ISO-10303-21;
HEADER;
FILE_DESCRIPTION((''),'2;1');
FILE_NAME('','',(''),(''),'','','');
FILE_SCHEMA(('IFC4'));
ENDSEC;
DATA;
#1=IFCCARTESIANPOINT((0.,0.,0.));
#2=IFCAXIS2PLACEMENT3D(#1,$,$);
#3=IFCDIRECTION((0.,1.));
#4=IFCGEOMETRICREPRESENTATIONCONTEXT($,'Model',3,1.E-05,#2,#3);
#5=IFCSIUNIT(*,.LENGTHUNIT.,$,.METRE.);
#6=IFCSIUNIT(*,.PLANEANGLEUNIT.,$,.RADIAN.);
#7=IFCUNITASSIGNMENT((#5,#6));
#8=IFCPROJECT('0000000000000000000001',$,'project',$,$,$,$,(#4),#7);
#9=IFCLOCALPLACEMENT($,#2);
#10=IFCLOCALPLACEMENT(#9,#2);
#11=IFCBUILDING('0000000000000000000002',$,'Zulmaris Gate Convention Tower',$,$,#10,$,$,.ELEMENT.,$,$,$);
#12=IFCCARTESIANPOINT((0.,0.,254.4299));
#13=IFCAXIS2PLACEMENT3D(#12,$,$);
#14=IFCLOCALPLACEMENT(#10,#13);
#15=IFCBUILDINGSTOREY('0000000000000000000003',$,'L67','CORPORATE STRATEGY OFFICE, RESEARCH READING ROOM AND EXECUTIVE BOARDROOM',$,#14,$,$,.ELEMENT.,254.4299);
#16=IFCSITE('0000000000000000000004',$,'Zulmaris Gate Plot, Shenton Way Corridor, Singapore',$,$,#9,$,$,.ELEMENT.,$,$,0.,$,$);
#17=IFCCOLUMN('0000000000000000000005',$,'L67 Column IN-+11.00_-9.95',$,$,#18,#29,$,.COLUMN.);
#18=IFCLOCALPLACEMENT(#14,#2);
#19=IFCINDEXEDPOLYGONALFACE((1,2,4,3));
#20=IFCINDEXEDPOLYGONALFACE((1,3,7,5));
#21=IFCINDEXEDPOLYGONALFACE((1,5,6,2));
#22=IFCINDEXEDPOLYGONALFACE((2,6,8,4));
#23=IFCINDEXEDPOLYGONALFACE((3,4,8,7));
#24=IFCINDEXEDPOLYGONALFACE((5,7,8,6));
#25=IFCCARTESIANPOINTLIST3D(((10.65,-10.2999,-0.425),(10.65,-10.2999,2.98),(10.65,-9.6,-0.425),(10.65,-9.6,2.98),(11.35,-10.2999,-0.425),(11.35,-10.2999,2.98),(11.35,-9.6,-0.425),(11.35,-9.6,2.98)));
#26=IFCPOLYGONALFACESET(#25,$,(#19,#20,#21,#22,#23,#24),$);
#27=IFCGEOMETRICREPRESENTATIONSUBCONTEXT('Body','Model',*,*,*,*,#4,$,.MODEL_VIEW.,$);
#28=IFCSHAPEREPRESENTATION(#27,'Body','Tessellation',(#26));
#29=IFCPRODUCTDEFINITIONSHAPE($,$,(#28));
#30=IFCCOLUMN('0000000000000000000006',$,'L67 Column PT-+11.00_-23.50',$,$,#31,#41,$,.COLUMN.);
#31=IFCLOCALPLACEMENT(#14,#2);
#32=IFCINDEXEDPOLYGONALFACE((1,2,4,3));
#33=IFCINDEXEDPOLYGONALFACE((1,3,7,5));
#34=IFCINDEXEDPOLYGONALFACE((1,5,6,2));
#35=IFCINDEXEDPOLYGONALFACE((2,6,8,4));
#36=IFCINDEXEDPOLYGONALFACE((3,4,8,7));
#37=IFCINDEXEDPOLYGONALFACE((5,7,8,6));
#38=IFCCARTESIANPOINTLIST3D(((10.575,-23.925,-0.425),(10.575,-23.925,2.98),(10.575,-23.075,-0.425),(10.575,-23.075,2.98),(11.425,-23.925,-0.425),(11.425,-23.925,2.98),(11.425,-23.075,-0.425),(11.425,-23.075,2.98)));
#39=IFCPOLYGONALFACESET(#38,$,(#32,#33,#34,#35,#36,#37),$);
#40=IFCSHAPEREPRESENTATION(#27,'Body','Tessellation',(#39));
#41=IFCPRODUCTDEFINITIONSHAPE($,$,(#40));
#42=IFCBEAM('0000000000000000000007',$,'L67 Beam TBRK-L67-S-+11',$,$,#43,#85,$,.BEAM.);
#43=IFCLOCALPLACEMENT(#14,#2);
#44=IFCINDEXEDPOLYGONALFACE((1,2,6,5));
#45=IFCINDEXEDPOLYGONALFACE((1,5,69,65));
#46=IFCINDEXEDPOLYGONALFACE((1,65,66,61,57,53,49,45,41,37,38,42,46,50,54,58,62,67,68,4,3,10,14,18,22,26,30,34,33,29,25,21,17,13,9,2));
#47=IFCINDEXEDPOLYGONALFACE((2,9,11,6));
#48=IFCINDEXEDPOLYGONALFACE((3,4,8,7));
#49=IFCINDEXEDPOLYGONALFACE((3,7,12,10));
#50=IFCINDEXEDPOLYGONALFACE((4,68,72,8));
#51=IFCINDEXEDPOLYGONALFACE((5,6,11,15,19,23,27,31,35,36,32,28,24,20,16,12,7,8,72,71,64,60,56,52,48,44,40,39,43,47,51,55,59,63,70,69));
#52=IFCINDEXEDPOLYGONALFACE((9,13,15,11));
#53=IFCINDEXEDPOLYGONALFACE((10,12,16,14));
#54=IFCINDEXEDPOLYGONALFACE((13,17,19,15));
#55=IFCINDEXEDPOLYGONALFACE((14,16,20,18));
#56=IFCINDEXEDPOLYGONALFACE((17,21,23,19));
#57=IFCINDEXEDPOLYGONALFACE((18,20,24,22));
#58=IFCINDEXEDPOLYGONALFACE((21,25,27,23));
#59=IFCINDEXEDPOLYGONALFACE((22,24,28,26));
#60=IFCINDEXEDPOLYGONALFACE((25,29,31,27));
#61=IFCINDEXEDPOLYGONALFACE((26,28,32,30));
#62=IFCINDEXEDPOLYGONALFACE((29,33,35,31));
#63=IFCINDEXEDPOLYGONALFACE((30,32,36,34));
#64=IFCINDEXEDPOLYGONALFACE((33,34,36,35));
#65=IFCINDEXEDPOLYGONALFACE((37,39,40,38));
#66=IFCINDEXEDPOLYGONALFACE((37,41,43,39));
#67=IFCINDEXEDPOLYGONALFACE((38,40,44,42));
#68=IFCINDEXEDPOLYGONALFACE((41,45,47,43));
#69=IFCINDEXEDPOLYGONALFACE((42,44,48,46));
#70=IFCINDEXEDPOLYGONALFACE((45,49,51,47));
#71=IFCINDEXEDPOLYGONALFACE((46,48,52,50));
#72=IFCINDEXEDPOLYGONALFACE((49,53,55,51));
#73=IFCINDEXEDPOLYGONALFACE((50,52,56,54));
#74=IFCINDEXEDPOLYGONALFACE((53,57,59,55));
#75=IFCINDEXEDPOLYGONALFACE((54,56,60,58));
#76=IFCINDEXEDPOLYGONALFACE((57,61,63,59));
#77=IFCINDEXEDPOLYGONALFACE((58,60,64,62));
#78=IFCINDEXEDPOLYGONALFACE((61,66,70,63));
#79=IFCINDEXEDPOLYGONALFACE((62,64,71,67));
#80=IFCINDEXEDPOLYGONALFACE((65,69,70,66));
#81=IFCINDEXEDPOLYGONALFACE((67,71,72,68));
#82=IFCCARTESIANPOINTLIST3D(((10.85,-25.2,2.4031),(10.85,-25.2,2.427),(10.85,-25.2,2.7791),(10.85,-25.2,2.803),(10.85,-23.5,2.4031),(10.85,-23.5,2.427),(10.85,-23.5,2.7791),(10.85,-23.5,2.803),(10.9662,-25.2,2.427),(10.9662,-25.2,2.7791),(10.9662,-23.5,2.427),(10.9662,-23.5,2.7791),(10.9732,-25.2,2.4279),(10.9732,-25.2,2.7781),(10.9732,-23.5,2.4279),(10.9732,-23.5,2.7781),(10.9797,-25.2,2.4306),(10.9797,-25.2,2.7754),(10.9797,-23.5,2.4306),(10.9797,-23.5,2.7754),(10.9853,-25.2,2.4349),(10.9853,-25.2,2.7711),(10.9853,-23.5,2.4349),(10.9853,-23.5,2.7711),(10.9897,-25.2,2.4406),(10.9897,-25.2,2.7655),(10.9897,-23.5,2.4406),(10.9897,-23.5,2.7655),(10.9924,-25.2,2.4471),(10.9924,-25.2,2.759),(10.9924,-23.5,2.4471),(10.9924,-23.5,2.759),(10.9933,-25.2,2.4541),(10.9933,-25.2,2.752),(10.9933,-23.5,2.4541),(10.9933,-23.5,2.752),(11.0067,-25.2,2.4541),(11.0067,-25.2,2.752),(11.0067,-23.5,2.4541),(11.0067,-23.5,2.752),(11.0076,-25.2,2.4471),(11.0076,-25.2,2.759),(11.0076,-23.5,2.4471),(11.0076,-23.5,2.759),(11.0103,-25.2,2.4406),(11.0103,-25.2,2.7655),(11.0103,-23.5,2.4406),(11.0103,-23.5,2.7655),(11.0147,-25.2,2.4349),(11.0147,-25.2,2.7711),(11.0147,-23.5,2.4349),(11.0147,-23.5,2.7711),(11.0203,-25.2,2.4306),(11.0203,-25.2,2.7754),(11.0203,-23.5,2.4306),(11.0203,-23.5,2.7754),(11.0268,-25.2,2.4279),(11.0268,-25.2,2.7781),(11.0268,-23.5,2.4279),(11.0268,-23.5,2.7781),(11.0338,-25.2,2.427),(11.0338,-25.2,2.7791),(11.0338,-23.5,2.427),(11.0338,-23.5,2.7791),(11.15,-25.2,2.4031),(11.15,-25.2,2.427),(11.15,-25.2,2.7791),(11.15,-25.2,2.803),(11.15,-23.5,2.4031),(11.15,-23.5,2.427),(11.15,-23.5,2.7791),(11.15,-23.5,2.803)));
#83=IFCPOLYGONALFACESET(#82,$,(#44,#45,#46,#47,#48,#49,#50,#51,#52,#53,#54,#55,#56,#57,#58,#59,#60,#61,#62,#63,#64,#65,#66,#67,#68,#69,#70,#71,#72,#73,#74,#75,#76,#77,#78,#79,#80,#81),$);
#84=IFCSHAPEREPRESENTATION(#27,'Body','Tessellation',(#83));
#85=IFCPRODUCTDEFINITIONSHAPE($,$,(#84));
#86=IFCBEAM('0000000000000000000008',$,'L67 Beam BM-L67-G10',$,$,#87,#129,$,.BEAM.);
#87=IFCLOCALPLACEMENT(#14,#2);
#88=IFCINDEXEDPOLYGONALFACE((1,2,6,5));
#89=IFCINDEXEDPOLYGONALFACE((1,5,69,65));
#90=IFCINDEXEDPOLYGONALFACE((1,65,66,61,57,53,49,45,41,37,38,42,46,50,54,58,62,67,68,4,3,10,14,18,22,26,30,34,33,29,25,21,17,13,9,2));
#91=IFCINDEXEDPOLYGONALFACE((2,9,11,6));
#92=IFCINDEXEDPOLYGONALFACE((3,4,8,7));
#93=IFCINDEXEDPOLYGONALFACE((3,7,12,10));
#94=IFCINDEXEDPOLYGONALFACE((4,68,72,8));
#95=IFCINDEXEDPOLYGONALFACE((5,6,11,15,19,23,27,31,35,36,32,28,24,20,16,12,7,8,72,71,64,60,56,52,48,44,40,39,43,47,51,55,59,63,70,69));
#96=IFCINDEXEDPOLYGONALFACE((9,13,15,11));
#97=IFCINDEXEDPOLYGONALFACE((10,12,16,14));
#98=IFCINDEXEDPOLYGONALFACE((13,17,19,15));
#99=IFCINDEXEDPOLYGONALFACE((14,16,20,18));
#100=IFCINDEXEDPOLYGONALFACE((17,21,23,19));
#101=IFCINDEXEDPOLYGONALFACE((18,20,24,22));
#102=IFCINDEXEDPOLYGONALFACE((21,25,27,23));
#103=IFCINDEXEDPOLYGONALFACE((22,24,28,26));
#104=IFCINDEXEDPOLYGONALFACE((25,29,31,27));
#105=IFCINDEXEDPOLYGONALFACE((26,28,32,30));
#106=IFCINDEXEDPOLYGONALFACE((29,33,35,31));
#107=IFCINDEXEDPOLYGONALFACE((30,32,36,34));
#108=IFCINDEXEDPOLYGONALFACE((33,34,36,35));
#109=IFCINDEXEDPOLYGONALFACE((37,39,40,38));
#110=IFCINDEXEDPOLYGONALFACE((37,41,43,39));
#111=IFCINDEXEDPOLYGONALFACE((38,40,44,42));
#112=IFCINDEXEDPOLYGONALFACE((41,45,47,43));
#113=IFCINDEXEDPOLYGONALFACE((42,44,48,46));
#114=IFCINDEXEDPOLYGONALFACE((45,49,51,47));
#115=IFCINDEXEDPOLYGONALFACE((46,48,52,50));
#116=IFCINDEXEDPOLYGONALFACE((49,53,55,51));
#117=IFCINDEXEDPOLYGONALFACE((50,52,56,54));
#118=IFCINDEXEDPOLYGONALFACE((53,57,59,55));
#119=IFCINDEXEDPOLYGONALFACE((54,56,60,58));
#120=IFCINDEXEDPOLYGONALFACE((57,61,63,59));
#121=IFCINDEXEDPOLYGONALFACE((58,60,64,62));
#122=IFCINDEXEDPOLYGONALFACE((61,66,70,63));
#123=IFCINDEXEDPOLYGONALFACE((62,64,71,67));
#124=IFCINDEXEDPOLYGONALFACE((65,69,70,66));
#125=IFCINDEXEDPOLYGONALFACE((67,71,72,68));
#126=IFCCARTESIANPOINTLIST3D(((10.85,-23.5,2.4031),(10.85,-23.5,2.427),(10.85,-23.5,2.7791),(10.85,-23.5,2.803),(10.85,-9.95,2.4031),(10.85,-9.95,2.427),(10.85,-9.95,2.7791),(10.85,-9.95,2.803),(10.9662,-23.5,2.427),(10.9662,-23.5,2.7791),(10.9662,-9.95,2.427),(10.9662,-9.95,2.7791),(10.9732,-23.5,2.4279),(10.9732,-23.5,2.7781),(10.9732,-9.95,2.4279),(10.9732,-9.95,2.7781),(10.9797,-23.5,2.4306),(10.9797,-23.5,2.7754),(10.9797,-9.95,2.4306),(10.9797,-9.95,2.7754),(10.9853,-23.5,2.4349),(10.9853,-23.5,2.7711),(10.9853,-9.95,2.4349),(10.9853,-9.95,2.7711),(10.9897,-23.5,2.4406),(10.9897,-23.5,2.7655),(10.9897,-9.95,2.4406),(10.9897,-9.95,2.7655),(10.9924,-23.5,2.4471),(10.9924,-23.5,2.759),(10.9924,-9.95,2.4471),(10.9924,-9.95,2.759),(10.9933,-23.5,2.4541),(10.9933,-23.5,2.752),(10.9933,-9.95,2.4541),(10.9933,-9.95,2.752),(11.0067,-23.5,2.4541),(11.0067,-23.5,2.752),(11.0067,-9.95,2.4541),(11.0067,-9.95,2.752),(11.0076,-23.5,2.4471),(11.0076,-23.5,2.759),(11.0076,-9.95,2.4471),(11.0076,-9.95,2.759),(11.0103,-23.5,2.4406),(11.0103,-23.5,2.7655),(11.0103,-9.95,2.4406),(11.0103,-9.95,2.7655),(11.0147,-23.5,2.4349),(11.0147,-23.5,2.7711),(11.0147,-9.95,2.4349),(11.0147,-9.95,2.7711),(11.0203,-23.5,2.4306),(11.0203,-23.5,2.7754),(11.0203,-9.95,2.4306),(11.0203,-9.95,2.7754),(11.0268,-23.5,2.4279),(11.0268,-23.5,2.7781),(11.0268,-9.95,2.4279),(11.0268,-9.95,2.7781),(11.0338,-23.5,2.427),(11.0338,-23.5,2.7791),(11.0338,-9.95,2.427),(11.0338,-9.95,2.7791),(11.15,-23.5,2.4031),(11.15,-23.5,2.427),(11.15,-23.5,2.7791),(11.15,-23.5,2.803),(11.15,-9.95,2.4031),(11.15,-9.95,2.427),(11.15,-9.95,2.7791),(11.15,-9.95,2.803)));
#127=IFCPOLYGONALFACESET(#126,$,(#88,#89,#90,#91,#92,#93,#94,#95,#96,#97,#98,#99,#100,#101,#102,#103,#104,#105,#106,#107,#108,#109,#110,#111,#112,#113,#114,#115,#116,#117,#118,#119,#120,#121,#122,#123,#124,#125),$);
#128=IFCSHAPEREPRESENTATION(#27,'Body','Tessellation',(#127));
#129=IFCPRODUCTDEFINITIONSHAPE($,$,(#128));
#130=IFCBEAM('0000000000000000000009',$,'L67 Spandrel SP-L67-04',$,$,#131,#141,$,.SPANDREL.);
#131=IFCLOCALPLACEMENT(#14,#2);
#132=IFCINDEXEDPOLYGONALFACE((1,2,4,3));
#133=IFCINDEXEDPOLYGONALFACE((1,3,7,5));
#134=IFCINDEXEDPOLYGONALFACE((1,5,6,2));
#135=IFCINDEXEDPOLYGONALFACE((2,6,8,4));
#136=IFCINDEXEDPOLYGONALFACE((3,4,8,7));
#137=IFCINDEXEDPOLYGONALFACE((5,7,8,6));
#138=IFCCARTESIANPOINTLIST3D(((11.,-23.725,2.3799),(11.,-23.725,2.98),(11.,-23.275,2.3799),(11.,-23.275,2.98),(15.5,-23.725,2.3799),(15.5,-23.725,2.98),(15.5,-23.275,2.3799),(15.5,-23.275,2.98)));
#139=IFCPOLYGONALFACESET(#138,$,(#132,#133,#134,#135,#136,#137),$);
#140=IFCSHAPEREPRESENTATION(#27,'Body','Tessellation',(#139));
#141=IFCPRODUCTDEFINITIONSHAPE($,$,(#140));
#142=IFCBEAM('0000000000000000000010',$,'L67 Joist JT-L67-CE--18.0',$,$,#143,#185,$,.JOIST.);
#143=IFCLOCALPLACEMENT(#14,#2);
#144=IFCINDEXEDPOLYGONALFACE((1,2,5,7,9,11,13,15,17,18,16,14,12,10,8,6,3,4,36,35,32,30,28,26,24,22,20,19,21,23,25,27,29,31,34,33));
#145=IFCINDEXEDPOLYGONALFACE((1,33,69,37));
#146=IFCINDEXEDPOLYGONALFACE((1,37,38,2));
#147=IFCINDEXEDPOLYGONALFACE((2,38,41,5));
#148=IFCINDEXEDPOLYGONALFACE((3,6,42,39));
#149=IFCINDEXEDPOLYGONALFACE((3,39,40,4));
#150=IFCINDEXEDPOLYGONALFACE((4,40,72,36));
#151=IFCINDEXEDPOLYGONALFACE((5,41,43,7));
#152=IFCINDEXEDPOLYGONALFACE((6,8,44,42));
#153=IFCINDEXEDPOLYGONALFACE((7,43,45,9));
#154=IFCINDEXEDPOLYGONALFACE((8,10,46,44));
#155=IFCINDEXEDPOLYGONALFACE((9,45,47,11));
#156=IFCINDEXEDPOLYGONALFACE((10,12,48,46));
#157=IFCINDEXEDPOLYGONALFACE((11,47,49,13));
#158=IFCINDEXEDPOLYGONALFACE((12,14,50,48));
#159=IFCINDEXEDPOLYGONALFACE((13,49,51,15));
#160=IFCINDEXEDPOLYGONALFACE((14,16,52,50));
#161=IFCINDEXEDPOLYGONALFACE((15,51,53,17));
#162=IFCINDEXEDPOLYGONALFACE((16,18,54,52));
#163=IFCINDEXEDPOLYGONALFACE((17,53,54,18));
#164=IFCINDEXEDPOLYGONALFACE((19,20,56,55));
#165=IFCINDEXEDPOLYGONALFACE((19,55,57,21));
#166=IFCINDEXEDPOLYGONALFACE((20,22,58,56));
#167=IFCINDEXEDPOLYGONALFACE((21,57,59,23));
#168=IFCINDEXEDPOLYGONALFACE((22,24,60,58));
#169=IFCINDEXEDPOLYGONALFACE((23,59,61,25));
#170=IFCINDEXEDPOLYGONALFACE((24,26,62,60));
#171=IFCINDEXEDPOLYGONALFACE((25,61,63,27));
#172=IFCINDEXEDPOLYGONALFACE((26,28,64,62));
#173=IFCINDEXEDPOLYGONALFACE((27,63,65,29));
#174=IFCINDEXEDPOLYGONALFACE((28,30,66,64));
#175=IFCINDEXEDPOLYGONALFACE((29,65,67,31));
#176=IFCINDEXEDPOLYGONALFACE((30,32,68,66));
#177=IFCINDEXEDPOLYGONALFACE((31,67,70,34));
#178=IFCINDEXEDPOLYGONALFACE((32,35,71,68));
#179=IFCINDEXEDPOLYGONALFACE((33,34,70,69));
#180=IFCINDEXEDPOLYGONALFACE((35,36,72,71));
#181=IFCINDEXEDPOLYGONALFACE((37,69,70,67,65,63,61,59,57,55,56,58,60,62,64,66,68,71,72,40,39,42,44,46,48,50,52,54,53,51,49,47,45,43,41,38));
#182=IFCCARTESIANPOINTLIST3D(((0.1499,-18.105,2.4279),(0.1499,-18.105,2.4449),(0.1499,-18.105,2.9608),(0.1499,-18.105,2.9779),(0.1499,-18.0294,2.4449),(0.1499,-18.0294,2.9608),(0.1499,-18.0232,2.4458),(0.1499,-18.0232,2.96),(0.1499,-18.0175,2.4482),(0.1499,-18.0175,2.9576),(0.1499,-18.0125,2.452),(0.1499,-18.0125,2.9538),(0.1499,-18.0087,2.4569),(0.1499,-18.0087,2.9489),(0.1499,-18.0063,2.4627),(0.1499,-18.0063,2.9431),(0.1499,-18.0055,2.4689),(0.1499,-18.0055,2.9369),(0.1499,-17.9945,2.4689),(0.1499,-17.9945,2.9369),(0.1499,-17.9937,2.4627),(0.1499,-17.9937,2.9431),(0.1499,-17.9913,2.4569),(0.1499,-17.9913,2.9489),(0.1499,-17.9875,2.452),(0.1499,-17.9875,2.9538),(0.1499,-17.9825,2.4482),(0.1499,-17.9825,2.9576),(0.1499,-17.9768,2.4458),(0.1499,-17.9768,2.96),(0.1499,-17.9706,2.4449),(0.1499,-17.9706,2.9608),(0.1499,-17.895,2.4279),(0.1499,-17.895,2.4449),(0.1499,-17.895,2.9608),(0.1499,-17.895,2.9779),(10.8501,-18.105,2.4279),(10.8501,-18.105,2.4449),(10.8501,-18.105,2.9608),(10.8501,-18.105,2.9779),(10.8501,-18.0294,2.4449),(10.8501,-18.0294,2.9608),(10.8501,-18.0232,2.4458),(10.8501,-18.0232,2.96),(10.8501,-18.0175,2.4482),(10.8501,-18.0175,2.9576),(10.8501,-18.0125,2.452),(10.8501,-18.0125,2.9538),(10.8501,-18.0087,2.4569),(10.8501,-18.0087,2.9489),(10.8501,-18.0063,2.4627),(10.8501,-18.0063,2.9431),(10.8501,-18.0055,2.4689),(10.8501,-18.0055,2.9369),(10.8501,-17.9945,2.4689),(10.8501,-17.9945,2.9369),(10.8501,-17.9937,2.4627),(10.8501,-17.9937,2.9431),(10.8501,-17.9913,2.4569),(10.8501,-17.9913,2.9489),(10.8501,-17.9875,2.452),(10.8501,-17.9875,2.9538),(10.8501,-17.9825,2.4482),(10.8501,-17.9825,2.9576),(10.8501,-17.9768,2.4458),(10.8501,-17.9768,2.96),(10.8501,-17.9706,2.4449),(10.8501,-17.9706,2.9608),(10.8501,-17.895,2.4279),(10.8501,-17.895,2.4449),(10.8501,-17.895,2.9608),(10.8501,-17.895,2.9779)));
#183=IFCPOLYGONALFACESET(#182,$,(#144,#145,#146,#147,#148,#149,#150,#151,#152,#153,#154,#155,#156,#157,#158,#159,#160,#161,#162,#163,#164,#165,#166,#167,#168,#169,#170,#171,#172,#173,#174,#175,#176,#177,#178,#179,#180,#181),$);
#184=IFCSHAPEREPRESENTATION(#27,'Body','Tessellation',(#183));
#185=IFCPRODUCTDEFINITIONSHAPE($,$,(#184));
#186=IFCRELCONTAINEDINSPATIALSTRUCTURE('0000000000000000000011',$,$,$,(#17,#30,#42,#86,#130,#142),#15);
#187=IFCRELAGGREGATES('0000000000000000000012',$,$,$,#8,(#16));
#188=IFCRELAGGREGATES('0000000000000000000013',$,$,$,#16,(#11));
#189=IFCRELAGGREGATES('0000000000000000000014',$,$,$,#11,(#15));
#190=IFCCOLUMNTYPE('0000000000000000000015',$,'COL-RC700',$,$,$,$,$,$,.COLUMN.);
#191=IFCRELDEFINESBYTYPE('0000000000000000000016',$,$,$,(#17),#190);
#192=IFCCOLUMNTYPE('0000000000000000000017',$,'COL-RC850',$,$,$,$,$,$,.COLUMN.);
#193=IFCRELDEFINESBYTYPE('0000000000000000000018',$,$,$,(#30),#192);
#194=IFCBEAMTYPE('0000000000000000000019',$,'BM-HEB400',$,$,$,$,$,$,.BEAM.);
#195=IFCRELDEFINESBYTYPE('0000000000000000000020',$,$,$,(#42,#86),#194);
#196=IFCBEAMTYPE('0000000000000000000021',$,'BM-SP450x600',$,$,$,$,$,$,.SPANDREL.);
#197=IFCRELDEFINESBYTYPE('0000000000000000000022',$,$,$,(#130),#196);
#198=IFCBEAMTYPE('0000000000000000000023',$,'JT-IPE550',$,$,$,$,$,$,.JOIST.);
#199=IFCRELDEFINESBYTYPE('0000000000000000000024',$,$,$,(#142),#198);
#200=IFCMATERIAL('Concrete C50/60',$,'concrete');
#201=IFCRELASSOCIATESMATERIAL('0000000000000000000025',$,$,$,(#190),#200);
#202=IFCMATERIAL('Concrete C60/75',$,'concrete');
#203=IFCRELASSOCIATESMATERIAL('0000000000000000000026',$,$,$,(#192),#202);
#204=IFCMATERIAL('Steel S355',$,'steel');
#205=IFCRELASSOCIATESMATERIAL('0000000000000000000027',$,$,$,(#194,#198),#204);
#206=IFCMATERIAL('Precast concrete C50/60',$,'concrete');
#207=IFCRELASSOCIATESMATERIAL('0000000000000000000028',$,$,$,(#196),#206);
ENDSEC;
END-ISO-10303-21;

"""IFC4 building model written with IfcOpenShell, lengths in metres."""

from ifc_helpers import new_model, si_unit, direction, frame, origin, origin_2d, place, context, subcontext, project, spatial, rectangle, i_section, extrude, material, material_profile, profile_set, type_object, element, save


model = new_model("IFC4")

# Units and contexts
model_context = context("Model", 3, precision=1e-05, world=origin(), true_north=direction((0.0, 1.0)))
body_context = subcontext(model_context, "Body", "Model", "MODEL_VIEW")
ifc_project = project(units=[si_unit("LENGTHUNIT", "METRE"), si_unit("PLANEANGLEUNIT", "RADIAN")], contexts=[model_context])

# Site, building, storey
site_placement = place(None, origin())
site = spatial("IfcSite", under=ifc_project, at=site_placement, Name="Zulmaris Gate Plot, Shenton Way Corridor, Singapore", CompositionType="ELEMENT", RefElevation=0.0)
building_placement = place(site_placement, origin())
building = spatial("IfcBuilding", under=site, at=building_placement, Name="Zulmaris Gate Convention Tower", CompositionType="ELEMENT")
storey_placement = place(building_placement, frame((0.0, 0.0, 254.4299)))
storey = spatial("IfcBuildingStorey", under=building, at=storey_placement, Name="L67", Description="CORPORATE STRATEGY OFFICE, RESEARCH READING ROOM AND EXECUTIVE BOARDROOM", CompositionType="ELEMENT", Elevation=254.4299)

# Columns
ifc_material_1 = material(Name="Concrete C50/60", Category="concrete")
ifc_material_profile_1 = material_profile(ifc_material_1, rectangle(XDim=0.7, YDim=0.7, at=origin_2d()), Name="RC COL 700x700")
ifc_profile_set_1 = profile_set([ifc_material_profile_1], Name="Concrete C50/60")
column_type_1 = type_object("IfcColumnType", Name="COL-RC700", PredefinedType="COLUMN", material=ifc_profile_set_1)
column_1_placement = place(storey_placement, frame((11.0, -9.95, -0.425), z_axis=(0.0, 0.0, 1.0), x_axis=(1.0, 0.0, 0.0)))
element("IfcColumn", 1, at=column_1_placement, inside=storey, type_object=column_type_1, Name="L67 Column IN-+11.00_-9.95", PredefinedType="COLUMN", context=body_context, shape_type="SweptSolid", body=[
    extrude(rectangle(XDim=0.7, YDim=0.7, at=origin_2d()), origin(), (0.0, 0.0, 1.0), 3.405),
])
ifc_material_2 = material(Name="Concrete C60/75", Category="concrete")
ifc_material_profile_2 = material_profile(ifc_material_2, rectangle(XDim=0.8501, YDim=0.8501, at=origin_2d()), Name="RC COL 850x850")
ifc_profile_set_2 = profile_set([ifc_material_profile_2], Name="Concrete C60/75")
column_type_2 = type_object("IfcColumnType", Name="COL-RC850", PredefinedType="COLUMN", material=ifc_profile_set_2)
column_2_placement = place(storey_placement, frame((11.0, -23.5, -0.425), z_axis=(0.0, 0.0, 1.0), x_axis=(1.0, 0.0, 0.0)))
element("IfcColumn", 2, at=column_2_placement, inside=storey, type_object=column_type_2, Name="L67 Column PT-+11.00_-23.50", PredefinedType="COLUMN", context=body_context, shape_type="SweptSolid", body=[
    extrude(rectangle(XDim=0.8501, YDim=0.8501, at=origin_2d()), origin(), (0.0, 0.0, 1.0), 3.405),
])

# Beams
ifc_material_3 = material(Name="Steel S355", Category="steel")
ifc_material_profile_3 = material_profile(ifc_material_3, i_section(OverallWidth=0.3, OverallDepth=0.3999, WebThickness=0.0134, FlangeThickness=0.0239, FilletRadius=0.0271, at=origin_2d()), Name="HEB 400")
ifc_profile_set_3 = profile_set([ifc_material_profile_3], Name="Steel S355")
beam_type_1 = type_object("IfcBeamType", Name="BM-HEB400", PredefinedType="BEAM", material=ifc_profile_set_3)
beam_1_placement = place(storey_placement, frame((11.0, -25.2, 2.603), z_axis=(0.0, 1.0, 0.0), x_axis=(-1.0, 0.0, 0.0)))
element("IfcBeam", 3, at=beam_1_placement, inside=storey, type_object=beam_type_1, Name="L67 Beam TBRK-L67-S-+11", PredefinedType="BEAM", context=body_context, shape_type="SweptSolid", body=[
    extrude(i_section(OverallWidth=0.3, OverallDepth=0.3999, WebThickness=0.0134, FlangeThickness=0.0239, FilletRadius=0.0271, at=origin_2d()), origin(), (0.0, 0.0, 1.0), 1.7),
])
beam_2_placement = place(storey_placement, frame((11.0, -23.5, 2.603), z_axis=(0.0, 1.0, 0.0), x_axis=(-1.0, 0.0, 0.0)))
element("IfcBeam", 4, at=beam_2_placement, inside=storey, type_object=beam_type_1, Name="L67 Beam BM-L67-G10", PredefinedType="BEAM", context=body_context, shape_type="SweptSolid", body=[
    extrude(i_section(OverallWidth=0.3, OverallDepth=0.3999, WebThickness=0.0134, FlangeThickness=0.0239, FilletRadius=0.0271, at=origin_2d()), origin(), (0.0, 0.0, 1.0), 13.55),
])
ifc_material_4 = material(Name="Precast concrete C50/60", Category="concrete")
ifc_material_profile_4 = material_profile(ifc_material_4, rectangle(XDim=0.45, YDim=0.6001, at=origin_2d()), Name="RC SPANDREL 450x600")
ifc_profile_set_4 = profile_set([ifc_material_profile_4], Name="Precast concrete C50/60")
beam_type_2 = type_object("IfcBeamType", Name="BM-SP450x600", PredefinedType="SPANDREL", material=ifc_profile_set_4)
beam_3_placement = place(storey_placement, frame((11.0, -23.5, 2.6799), z_axis=(1.0, 0.0, 0.0), x_axis=(0.0, 1.0, 0.0)))
element("IfcBeam", 5, at=beam_3_placement, inside=storey, type_object=beam_type_2, Name="L67 Spandrel SP-L67-04", PredefinedType="SPANDREL", context=body_context, shape_type="SweptSolid", body=[
    extrude(rectangle(XDim=0.45, YDim=0.6001, at=origin_2d()), origin(), (0.0, 0.0, 1.0), 4.5),
])
ifc_material_profile_5 = material_profile(ifc_material_3, i_section(OverallWidth=0.21, OverallDepth=0.55, WebThickness=0.011, FlangeThickness=0.0171, FilletRadius=0.0239, at=origin_2d()), Name="IPE 550")
ifc_profile_set_5 = profile_set([ifc_material_profile_5], Name="Steel S355")
beam_type_3 = type_object("IfcBeamType", Name="JT-IPE550", PredefinedType="JOIST", material=ifc_profile_set_5)
for number, where, z_axis, x_axis, name in (
    (6, (0.1499, -18.0, 2.7029), (1.0, 0.0, 0.0), (0.0, 1.0, 0.0), "L67 Joist JT-L67-CE--18.0"),
):
    element("IfcBeam", number, at=place(storey_placement, frame(where, z_axis=z_axis, x_axis=x_axis)), inside=storey, type_object=beam_type_3, Name=name, PredefinedType="JOIST", context=body_context, shape_type="SweptSolid", body=[
        extrude(i_section(OverallWidth=0.21, OverallDepth=0.55, WebThickness=0.011, FlangeThickness=0.0171, FilletRadius=0.0239, at=origin_2d()), origin(), (0.0, 0.0, 1.0), 10.7002),
    ])

save(model, "model.ifc")
